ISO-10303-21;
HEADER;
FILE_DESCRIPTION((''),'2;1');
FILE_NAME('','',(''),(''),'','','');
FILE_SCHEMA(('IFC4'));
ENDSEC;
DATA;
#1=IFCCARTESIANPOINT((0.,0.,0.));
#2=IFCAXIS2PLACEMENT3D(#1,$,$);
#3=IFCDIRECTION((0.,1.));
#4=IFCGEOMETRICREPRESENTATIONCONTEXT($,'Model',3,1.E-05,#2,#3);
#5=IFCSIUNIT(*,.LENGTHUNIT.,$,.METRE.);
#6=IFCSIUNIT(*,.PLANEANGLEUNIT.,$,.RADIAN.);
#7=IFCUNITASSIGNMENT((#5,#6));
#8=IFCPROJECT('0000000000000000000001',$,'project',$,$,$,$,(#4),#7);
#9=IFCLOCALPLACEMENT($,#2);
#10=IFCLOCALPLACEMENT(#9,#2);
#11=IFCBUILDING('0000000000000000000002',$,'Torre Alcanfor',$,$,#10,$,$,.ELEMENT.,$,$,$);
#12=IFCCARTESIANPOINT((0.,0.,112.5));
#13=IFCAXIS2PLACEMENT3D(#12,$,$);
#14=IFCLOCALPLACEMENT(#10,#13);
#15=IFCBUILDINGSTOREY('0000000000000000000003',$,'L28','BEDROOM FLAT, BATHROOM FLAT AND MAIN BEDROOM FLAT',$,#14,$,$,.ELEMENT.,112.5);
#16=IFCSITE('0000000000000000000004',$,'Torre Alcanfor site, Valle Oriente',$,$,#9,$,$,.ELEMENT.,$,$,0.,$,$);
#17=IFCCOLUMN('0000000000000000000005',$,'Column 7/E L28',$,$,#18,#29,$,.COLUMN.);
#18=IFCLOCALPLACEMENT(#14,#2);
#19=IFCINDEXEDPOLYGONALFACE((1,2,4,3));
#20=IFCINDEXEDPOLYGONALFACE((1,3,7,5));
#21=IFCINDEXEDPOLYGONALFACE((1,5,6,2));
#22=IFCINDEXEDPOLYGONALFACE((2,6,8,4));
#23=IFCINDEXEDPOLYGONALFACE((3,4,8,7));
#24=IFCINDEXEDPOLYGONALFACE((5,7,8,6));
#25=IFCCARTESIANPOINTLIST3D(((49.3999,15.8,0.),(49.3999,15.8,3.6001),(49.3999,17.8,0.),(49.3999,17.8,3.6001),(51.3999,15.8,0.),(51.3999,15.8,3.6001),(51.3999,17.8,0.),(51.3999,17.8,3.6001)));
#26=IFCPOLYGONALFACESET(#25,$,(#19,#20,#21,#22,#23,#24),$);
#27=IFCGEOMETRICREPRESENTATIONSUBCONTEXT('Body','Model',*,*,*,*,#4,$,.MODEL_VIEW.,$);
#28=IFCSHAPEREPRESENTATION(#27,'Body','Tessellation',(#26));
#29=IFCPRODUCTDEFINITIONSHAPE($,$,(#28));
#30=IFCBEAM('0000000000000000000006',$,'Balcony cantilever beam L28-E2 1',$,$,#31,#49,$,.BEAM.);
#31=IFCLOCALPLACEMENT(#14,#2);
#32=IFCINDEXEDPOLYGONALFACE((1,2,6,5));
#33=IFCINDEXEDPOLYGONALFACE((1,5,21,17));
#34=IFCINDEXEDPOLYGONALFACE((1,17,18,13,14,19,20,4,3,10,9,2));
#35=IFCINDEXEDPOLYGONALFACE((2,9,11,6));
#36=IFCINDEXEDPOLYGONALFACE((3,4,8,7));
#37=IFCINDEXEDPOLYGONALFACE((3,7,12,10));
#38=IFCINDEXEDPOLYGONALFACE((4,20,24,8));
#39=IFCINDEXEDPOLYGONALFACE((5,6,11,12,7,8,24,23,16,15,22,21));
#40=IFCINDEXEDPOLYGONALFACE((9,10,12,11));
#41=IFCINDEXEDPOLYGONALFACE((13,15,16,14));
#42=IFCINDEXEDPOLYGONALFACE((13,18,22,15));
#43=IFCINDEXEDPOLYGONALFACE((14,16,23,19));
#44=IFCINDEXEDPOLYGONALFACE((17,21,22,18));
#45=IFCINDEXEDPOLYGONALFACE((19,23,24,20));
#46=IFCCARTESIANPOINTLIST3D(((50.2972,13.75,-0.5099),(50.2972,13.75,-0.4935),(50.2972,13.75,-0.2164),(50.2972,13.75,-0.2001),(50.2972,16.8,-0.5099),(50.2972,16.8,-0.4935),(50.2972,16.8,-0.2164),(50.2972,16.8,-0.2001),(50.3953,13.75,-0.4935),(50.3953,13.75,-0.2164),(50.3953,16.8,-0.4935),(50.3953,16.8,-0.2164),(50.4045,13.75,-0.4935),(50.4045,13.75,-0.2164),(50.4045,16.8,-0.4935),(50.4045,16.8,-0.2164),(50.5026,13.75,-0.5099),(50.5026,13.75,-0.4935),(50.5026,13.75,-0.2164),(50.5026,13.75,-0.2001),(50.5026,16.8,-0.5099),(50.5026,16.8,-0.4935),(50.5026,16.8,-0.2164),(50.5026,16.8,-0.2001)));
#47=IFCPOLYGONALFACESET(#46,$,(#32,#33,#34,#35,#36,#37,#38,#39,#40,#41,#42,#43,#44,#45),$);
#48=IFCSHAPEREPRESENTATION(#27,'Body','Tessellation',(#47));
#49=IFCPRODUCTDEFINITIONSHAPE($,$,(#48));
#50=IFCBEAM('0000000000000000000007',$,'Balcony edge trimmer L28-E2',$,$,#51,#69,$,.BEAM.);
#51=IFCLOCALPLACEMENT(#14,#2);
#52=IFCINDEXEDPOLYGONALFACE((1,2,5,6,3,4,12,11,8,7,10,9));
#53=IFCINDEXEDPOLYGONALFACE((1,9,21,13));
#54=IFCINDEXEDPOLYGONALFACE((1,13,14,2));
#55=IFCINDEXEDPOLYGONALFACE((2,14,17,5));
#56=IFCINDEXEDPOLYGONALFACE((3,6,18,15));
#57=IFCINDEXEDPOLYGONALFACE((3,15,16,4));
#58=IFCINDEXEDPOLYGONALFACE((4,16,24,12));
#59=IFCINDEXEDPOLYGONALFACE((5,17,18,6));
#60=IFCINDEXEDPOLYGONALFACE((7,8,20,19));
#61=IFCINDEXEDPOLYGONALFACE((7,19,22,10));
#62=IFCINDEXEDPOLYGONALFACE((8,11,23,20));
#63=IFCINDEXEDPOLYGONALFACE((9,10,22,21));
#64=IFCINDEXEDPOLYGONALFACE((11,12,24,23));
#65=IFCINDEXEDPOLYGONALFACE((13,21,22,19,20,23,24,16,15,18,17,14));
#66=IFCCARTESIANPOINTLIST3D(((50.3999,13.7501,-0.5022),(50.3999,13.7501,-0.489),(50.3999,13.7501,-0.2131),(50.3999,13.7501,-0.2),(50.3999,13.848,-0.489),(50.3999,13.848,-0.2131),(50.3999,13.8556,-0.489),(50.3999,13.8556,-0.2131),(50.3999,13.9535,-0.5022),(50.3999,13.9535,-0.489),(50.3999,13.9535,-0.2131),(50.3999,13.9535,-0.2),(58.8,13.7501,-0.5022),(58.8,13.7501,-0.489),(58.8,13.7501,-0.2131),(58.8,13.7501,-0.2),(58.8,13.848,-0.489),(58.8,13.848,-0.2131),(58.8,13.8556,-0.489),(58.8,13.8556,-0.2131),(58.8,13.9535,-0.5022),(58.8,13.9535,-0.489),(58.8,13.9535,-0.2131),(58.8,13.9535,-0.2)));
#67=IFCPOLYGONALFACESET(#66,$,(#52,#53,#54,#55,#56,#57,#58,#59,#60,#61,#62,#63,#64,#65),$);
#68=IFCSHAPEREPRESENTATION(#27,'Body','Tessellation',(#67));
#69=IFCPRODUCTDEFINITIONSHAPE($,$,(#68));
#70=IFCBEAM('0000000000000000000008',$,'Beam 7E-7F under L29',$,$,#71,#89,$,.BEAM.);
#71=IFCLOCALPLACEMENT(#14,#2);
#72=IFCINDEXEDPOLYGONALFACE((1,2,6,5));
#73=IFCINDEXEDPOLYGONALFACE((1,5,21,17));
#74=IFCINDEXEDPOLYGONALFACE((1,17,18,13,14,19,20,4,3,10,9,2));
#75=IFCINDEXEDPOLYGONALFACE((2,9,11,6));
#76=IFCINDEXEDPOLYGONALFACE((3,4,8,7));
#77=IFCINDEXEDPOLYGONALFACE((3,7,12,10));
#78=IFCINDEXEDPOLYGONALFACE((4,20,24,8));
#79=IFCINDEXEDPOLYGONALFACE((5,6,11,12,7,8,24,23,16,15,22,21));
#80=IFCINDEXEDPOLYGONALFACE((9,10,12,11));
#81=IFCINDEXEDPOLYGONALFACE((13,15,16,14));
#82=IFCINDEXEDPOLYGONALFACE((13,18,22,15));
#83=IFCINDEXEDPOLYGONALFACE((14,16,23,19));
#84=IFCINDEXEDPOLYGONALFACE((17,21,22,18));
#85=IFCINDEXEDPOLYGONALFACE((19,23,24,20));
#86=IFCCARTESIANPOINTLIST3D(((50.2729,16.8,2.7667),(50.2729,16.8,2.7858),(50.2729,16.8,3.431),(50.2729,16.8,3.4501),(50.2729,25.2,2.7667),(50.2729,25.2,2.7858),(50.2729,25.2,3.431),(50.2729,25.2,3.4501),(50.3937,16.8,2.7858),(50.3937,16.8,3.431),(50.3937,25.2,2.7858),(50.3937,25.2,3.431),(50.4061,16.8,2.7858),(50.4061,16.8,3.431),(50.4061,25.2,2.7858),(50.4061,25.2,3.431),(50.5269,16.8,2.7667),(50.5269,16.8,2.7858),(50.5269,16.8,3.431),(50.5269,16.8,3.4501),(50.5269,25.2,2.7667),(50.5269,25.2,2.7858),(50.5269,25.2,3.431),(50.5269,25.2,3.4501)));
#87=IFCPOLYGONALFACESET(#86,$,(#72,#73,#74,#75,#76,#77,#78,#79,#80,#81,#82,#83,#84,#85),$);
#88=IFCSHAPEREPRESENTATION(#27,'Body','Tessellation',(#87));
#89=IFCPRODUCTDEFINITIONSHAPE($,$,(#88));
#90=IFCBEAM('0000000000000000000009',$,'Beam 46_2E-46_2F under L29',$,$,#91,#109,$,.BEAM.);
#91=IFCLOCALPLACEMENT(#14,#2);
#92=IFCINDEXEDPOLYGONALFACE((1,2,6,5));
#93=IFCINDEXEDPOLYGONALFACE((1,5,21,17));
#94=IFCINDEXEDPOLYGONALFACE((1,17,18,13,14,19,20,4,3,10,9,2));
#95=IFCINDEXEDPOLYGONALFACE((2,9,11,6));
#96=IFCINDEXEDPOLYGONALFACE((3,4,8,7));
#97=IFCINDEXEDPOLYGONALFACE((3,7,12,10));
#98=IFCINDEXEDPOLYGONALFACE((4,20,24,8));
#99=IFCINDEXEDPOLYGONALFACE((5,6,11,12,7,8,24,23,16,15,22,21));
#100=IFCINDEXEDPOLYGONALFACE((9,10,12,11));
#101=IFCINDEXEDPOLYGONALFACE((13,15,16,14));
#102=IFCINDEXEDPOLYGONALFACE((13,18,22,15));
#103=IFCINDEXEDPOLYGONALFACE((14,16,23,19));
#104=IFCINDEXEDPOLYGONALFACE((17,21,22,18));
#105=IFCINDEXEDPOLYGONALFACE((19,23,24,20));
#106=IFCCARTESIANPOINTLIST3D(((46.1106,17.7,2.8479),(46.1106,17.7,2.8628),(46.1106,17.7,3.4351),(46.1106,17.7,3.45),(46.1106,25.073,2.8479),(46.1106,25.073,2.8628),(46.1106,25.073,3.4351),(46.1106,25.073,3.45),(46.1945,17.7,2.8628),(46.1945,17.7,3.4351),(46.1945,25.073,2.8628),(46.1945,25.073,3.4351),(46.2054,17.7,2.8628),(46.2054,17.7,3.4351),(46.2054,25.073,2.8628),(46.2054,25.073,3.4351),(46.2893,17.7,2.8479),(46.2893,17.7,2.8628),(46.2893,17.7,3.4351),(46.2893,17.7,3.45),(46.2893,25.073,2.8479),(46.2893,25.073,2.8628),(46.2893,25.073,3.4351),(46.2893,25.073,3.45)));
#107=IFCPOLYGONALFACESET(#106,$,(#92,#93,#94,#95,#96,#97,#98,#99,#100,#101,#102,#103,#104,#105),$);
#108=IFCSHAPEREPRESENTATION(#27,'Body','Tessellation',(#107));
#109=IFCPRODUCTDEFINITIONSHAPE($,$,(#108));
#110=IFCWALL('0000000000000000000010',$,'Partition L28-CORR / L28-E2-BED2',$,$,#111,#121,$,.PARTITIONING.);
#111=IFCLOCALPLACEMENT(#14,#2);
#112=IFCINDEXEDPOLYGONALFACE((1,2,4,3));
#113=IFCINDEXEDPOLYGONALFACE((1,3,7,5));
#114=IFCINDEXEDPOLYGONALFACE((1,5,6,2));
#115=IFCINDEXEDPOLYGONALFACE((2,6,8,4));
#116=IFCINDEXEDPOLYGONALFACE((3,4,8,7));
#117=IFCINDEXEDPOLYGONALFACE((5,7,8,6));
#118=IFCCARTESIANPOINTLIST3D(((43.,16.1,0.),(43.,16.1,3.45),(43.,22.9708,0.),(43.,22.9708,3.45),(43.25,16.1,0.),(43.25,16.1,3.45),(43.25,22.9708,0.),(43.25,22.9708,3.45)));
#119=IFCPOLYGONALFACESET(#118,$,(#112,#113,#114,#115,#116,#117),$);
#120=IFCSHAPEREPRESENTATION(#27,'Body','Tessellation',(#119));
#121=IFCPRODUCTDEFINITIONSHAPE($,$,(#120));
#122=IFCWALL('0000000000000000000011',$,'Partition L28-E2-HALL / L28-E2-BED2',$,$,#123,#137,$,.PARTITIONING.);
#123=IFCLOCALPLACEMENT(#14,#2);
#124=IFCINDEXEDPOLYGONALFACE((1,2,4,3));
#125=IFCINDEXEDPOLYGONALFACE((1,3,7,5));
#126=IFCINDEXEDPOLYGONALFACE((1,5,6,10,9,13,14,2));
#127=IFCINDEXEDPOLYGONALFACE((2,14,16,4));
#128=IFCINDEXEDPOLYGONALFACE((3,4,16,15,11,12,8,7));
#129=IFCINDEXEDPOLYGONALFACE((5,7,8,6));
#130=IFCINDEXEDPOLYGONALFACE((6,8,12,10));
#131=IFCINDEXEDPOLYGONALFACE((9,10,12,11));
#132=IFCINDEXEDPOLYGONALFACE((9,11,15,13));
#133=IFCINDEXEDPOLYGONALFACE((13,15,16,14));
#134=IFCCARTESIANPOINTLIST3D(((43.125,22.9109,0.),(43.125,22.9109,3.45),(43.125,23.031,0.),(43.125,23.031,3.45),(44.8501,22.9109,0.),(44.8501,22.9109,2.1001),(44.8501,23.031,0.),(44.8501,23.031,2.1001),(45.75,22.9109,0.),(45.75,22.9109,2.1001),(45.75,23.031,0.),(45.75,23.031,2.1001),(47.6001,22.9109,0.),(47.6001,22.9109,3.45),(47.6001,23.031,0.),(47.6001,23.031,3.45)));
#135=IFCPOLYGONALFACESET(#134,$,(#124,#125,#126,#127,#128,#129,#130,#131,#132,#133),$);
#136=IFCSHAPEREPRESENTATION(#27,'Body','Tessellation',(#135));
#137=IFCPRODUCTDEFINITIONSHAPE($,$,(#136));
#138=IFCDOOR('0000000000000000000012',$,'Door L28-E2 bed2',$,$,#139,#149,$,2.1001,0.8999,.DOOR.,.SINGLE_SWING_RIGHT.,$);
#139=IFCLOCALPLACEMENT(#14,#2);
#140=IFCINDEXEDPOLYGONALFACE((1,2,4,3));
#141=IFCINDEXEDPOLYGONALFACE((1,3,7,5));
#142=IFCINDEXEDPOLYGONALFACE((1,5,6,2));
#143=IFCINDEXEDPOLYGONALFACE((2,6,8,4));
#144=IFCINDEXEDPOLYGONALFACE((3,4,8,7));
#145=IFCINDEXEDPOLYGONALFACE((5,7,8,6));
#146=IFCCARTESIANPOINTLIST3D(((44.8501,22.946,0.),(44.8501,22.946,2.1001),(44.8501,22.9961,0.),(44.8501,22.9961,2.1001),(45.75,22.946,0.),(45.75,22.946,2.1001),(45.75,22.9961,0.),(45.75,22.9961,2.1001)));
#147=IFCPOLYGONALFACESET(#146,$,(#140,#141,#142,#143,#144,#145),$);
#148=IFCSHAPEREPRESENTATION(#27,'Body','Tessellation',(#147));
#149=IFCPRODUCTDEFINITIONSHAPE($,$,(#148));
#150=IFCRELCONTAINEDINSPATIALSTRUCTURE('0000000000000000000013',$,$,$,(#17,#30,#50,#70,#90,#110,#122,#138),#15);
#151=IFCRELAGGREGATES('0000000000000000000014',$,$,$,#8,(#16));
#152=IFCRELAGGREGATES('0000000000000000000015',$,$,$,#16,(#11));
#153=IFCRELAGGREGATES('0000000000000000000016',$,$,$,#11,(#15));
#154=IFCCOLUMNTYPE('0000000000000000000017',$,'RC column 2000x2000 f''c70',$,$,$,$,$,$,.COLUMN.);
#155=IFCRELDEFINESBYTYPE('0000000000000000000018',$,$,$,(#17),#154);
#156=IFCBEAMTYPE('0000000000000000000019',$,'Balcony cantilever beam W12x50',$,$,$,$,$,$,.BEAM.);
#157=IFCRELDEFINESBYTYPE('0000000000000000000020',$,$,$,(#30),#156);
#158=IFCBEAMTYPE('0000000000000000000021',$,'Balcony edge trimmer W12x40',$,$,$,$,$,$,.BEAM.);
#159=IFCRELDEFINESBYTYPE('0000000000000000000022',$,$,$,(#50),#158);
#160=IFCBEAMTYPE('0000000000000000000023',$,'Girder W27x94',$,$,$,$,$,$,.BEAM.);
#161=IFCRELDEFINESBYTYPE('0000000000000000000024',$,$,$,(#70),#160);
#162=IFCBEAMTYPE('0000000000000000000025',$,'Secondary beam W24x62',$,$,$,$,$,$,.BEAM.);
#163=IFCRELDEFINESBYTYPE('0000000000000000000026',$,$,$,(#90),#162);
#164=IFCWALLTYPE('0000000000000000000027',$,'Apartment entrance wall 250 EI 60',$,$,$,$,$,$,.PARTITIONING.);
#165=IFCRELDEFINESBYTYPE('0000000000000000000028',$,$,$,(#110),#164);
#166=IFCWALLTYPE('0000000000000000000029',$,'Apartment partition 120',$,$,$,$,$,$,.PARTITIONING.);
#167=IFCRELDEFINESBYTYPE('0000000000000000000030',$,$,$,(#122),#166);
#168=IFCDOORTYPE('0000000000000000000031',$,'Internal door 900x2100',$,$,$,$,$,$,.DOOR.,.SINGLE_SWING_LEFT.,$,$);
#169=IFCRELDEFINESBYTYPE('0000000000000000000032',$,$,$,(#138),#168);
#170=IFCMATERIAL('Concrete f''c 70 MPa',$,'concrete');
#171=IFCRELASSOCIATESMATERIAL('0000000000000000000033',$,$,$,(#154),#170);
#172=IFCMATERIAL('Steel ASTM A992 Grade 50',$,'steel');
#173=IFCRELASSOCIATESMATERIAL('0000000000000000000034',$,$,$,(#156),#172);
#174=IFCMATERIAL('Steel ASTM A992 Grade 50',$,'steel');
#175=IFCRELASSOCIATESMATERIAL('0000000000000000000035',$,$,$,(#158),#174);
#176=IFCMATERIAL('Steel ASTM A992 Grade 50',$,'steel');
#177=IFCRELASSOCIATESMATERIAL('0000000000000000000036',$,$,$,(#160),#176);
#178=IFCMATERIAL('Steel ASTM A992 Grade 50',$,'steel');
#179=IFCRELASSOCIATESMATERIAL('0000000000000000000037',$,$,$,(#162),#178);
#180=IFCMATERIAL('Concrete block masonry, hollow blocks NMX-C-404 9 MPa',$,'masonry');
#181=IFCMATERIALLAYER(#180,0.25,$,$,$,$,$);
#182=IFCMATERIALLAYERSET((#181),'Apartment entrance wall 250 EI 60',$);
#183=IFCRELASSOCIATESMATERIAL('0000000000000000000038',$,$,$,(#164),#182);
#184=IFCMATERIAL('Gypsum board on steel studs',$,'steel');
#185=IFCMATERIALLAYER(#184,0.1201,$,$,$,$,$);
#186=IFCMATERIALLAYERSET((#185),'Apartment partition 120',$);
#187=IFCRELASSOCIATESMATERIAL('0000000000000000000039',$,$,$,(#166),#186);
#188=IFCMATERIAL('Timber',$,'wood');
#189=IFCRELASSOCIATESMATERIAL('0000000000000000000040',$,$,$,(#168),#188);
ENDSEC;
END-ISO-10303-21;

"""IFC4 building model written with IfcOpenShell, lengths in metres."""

from ifc_helpers import new_model, si_unit, direction, frame, frame_2d, origin, origin_2d, place, context, subcontext, project, spatial, rectangle, i_section, extrude, material, layer, layer_set, material_profile, profile_set, type_object, element, fill, save


model = new_model("IFC4")

# Units and contexts
model_context = context("Model", 3, precision=1e-05, world=origin(), true_north=direction((0.0, 1.0)))
body_context = subcontext(model_context, "Body", "Model", "MODEL_VIEW")
ifc_project = project(units=[si_unit("LENGTHUNIT", "METRE"), si_unit("PLANEANGLEUNIT", "RADIAN")], contexts=[model_context])

# Site, building, storey
site_placement = place(None, origin())
site = spatial("IfcSite", under=ifc_project, at=site_placement, Name="Torre Alcanfor site, Valle Oriente", CompositionType="ELEMENT", RefElevation=0.0)
building_placement = place(site_placement, origin())
building = spatial("IfcBuilding", under=site, at=building_placement, Name="Torre Alcanfor", CompositionType="ELEMENT")
storey_placement = place(building_placement, frame((0.0, 0.0, 112.5)))
storey = spatial("IfcBuildingStorey", under=building, at=storey_placement, Name="L28", Description="BEDROOM FLAT, BATHROOM FLAT AND MAIN BEDROOM FLAT", CompositionType="ELEMENT", Elevation=112.5)

# Column
ifc_material_1 = material(Name="Concrete f'c 70 MPa", Category="concrete")
ifc_material_profile_1 = material_profile(ifc_material_1, rectangle(XDim=2.0, YDim=2.0, at=origin_2d()), Name="2000x2000")
ifc_profile_set_1 = profile_set([ifc_material_profile_1], Name="Concrete f'c 70 MPa")
column_type = type_object("IfcColumnType", Name="RC column 2000x2000 f'c70", PredefinedType="COLUMN", material=ifc_profile_set_1)
column_placement = place(storey_placement, frame((50.3999, 16.8, 0.0), z_axis=(0.0, 0.0, 1.0), x_axis=(1.0, 0.0, 0.0)))
element("IfcColumn", 1, at=column_placement, inside=storey, type_object=column_type, Name="Column 7/E L28", PredefinedType="COLUMN", context=body_context, shape_type="SweptSolid", body=[
    extrude(rectangle(XDim=2.0, YDim=2.0, at=origin_2d()), origin(), (0.0, 0.0, 1.0), 3.6001),
])

# Beams
ifc_material_2 = material(Name="Steel ASTM A992 Grade 50", Category="steel")
ifc_material_profile_2 = material_profile(ifc_material_2, i_section(OverallWidth=0.2053, OverallDepth=0.3098, WebThickness=0.0093, FlangeThickness=0.0164, at=origin_2d()), Name="W12x50")
ifc_profile_set_2 = profile_set([ifc_material_profile_2], Name="Steel ASTM A992 Grade 50")
beam_type_1 = type_object("IfcBeamType", Name="Balcony cantilever beam W12x50", PredefinedType="BEAM", material=ifc_profile_set_2)
beam_1_placement = place(storey_placement, frame((50.3999, 16.8, -0.355), z_axis=(0.0, -1.0, 0.0), x_axis=(1.0, 0.0, 0.0)))
element("IfcBeam", 2, at=beam_1_placement, inside=storey, type_object=beam_type_1, Name="Balcony cantilever beam L28-E2 1", PredefinedType="BEAM", context=body_context, shape_type="SweptSolid", body=[
    extrude(i_section(OverallWidth=0.2053, OverallDepth=0.3098, WebThickness=0.0093, FlangeThickness=0.0164, at=origin_2d()), origin(), (0.0, 0.0, 1.0), 3.05),
])
ifc_material_3 = material(Name="Steel ASTM A992 Grade 50", Category="steel")
ifc_material_profile_3 = material_profile(ifc_material_3, i_section(OverallWidth=0.2034, OverallDepth=0.3022, WebThickness=0.0076, FlangeThickness=0.0132, at=origin_2d()), Name="W12x40")
ifc_profile_set_3 = profile_set([ifc_material_profile_3], Name="Steel ASTM A992 Grade 50")
beam_type_2 = type_object("IfcBeamType", Name="Balcony edge trimmer W12x40", PredefinedType="BEAM", material=ifc_profile_set_3)
beam_2_placement = place(storey_placement, frame((50.3999, 13.8518, -0.3511), z_axis=(1.0, 0.0, 0.0), x_axis=(0.0, 1.0, 0.0)))
element("IfcBeam", 3, at=beam_2_placement, inside=storey, type_object=beam_type_2, Name="Balcony edge trimmer L28-E2", PredefinedType="BEAM", context=body_context, shape_type="SweptSolid", body=[
    extrude(i_section(OverallWidth=0.2034, OverallDepth=0.3022, WebThickness=0.0076, FlangeThickness=0.0132, at=origin_2d()), origin(), (0.0, 0.0, 1.0), 8.4001),
])
ifc_material_4 = material(Name="Steel ASTM A992 Grade 50", Category="steel")
ifc_material_profile_4 = material_profile(ifc_material_4, i_section(OverallWidth=0.2539, OverallDepth=0.6833, WebThickness=0.0125, FlangeThickness=0.019, at=origin_2d()), Name="W27x94")
ifc_profile_set_4 = profile_set([ifc_material_profile_4], Name="Steel ASTM A992 Grade 50")
beam_type_3 = type_object("IfcBeamType", Name="Girder W27x94", PredefinedType="BEAM", material=ifc_profile_set_4)
beam_3_placement = place(storey_placement, frame((50.3999, 16.8, 3.1084), z_axis=(0.0, 1.0, 0.0), x_axis=(-1.0, 0.0, 0.0)))
element("IfcBeam", 4, at=beam_3_placement, inside=storey, type_object=beam_type_3, Name="Beam 7E-7F under L29", PredefinedType="BEAM", context=body_context, shape_type="SweptSolid", body=[
    extrude(i_section(OverallWidth=0.2539, OverallDepth=0.6833, WebThickness=0.0125, FlangeThickness=0.019, at=origin_2d()), origin(), (0.0, 0.0, 1.0), 8.3999),
])
ifc_material_5 = material(Name="Steel ASTM A992 Grade 50", Category="steel")
ifc_material_profile_5 = material_profile(ifc_material_5, i_section(OverallWidth=0.1787, OverallDepth=0.6021, WebThickness=0.011, FlangeThickness=0.0149, at=origin_2d()), Name="W24x62")
ifc_profile_set_5 = profile_set([ifc_material_profile_5], Name="Steel ASTM A992 Grade 50")
beam_type_4 = type_object("IfcBeamType", Name="Secondary beam W24x62", PredefinedType="BEAM", material=ifc_profile_set_5)
beam_4_placement = place(storey_placement, frame((46.2, 17.7, 3.1489), z_axis=(0.0, 1.0, 0.0), x_axis=(-1.0, 0.0, 0.0)))
element("IfcBeam", 5, at=beam_4_placement, inside=storey, type_object=beam_type_4, Name="Beam 46_2E-46_2F under L29", PredefinedType="BEAM", context=body_context, shape_type="SweptSolid", body=[
    extrude(i_section(OverallWidth=0.1787, OverallDepth=0.6021, WebThickness=0.011, FlangeThickness=0.0149, at=origin_2d()), origin(), (0.0, 0.0, 1.0), 7.373),
])

# Wall
ifc_material_6 = material(Name="Concrete block masonry, hollow blocks NMX-C-404 9 MPa", Category="masonry")
ifc_layer_1 = layer(ifc_material_6, 0.25)
ifc_layer_set_1 = layer_set([ifc_layer_1], Name="Apartment entrance wall 250 EI 60")
wall_type_1 = type_object("IfcWallType", Name="Apartment entrance wall 250 EI 60", PredefinedType="PARTITIONING", material=ifc_layer_set_1)
wall_1_placement = place(storey_placement, frame((43.125, 22.9709, 0.0), z_axis=(0.0, 0.0, 1.0), x_axis=(0.0, -1.0, 0.0)))
element("IfcWall", 6, at=wall_1_placement, inside=storey, type_object=wall_type_1, Name="Partition L28-CORR / L28-E2-BED2", PredefinedType="PARTITIONING", context=body_context, shape_type="SweptSolid", body=[
    extrude(rectangle(XDim=6.8708, YDim=0.25, at=frame_2d((3.4355, 0.0))), origin(), (0.0, 0.0, 1.0), 3.45),
])

# Wall, opening, door
ifc_material_7 = material(Name="Gypsum board on steel studs", Category="steel")
ifc_layer_2 = layer(ifc_material_7, 0.1201)
ifc_layer_set_2 = layer_set([ifc_layer_2], Name="Apartment partition 120")
wall_type_2 = type_object("IfcWallType", Name="Apartment partition 120", PredefinedType="PARTITIONING", material=ifc_layer_set_2)
wall_2_placement = place(storey_placement, frame((47.6001, 22.9709, 0.0), z_axis=(0.0, 0.0, 1.0), x_axis=(-1.0, 0.0, 0.0)))
wall_2 = element("IfcWall", 7, at=wall_2_placement, inside=storey, type_object=wall_type_2, Name="Partition L28-E2-HALL / L28-E2-BED2", PredefinedType="PARTITIONING", context=body_context, shape_type="SweptSolid", body=[
    extrude(rectangle(XDim=4.4751, YDim=0.1201, at=frame_2d((2.2375, 0.0))), origin(), (0.0, 0.0, 1.0), 3.45),
])
opening_1_placement = place(wall_2_placement, frame((1.8501, 0.0, 0.0)))
opening_1 = element("IfcOpeningElement", 8, at=opening_1_placement, cuts=wall_2, PredefinedType="OPENING", context=body_context, shape_type="SweptSolid", body=[
    extrude(rectangle(XDim=0.8999, YDim=2.1001, at=frame_2d((0.45, 1.05))), frame((0.0, 0.0701, 0.0), z_axis=(0.0, -1.0, 0.0), x_axis=(1.0, 0.0, 0.0)), (0.0, 0.0, 1.0), 0.1401),
])
ifc_material_8 = material(Name="Timber", Category="wood")
door_type_1 = type_object("IfcDoorType", Name="Internal door 900x2100", OperationType="SINGLE_SWING_LEFT", PredefinedType="DOOR", material=ifc_material_8)
door_1_placement = place(opening_1_placement, origin())
door_1 = element("IfcDoor", 9, at=door_1_placement, inside=storey, type_object=door_type_1, Name="Door L28-E2 bed2", OperationType="SINGLE_SWING_RIGHT", OverallHeight=2.1001, OverallWidth=0.8999, PredefinedType="DOOR", context=body_context, shape_type="SweptSolid", body=[
    extrude(rectangle(XDim=0.8999, YDim=2.1001, at=frame_2d((0.45, 1.05))), frame((0.0, 0.0249, 0.0), z_axis=(0.0, -1.0, 0.0), x_axis=(1.0, 0.0, 0.0)), (0.0, 0.0, 1.0), 0.05),
])
fill(opening_1, door_1)

save(model, "model.ifc")
